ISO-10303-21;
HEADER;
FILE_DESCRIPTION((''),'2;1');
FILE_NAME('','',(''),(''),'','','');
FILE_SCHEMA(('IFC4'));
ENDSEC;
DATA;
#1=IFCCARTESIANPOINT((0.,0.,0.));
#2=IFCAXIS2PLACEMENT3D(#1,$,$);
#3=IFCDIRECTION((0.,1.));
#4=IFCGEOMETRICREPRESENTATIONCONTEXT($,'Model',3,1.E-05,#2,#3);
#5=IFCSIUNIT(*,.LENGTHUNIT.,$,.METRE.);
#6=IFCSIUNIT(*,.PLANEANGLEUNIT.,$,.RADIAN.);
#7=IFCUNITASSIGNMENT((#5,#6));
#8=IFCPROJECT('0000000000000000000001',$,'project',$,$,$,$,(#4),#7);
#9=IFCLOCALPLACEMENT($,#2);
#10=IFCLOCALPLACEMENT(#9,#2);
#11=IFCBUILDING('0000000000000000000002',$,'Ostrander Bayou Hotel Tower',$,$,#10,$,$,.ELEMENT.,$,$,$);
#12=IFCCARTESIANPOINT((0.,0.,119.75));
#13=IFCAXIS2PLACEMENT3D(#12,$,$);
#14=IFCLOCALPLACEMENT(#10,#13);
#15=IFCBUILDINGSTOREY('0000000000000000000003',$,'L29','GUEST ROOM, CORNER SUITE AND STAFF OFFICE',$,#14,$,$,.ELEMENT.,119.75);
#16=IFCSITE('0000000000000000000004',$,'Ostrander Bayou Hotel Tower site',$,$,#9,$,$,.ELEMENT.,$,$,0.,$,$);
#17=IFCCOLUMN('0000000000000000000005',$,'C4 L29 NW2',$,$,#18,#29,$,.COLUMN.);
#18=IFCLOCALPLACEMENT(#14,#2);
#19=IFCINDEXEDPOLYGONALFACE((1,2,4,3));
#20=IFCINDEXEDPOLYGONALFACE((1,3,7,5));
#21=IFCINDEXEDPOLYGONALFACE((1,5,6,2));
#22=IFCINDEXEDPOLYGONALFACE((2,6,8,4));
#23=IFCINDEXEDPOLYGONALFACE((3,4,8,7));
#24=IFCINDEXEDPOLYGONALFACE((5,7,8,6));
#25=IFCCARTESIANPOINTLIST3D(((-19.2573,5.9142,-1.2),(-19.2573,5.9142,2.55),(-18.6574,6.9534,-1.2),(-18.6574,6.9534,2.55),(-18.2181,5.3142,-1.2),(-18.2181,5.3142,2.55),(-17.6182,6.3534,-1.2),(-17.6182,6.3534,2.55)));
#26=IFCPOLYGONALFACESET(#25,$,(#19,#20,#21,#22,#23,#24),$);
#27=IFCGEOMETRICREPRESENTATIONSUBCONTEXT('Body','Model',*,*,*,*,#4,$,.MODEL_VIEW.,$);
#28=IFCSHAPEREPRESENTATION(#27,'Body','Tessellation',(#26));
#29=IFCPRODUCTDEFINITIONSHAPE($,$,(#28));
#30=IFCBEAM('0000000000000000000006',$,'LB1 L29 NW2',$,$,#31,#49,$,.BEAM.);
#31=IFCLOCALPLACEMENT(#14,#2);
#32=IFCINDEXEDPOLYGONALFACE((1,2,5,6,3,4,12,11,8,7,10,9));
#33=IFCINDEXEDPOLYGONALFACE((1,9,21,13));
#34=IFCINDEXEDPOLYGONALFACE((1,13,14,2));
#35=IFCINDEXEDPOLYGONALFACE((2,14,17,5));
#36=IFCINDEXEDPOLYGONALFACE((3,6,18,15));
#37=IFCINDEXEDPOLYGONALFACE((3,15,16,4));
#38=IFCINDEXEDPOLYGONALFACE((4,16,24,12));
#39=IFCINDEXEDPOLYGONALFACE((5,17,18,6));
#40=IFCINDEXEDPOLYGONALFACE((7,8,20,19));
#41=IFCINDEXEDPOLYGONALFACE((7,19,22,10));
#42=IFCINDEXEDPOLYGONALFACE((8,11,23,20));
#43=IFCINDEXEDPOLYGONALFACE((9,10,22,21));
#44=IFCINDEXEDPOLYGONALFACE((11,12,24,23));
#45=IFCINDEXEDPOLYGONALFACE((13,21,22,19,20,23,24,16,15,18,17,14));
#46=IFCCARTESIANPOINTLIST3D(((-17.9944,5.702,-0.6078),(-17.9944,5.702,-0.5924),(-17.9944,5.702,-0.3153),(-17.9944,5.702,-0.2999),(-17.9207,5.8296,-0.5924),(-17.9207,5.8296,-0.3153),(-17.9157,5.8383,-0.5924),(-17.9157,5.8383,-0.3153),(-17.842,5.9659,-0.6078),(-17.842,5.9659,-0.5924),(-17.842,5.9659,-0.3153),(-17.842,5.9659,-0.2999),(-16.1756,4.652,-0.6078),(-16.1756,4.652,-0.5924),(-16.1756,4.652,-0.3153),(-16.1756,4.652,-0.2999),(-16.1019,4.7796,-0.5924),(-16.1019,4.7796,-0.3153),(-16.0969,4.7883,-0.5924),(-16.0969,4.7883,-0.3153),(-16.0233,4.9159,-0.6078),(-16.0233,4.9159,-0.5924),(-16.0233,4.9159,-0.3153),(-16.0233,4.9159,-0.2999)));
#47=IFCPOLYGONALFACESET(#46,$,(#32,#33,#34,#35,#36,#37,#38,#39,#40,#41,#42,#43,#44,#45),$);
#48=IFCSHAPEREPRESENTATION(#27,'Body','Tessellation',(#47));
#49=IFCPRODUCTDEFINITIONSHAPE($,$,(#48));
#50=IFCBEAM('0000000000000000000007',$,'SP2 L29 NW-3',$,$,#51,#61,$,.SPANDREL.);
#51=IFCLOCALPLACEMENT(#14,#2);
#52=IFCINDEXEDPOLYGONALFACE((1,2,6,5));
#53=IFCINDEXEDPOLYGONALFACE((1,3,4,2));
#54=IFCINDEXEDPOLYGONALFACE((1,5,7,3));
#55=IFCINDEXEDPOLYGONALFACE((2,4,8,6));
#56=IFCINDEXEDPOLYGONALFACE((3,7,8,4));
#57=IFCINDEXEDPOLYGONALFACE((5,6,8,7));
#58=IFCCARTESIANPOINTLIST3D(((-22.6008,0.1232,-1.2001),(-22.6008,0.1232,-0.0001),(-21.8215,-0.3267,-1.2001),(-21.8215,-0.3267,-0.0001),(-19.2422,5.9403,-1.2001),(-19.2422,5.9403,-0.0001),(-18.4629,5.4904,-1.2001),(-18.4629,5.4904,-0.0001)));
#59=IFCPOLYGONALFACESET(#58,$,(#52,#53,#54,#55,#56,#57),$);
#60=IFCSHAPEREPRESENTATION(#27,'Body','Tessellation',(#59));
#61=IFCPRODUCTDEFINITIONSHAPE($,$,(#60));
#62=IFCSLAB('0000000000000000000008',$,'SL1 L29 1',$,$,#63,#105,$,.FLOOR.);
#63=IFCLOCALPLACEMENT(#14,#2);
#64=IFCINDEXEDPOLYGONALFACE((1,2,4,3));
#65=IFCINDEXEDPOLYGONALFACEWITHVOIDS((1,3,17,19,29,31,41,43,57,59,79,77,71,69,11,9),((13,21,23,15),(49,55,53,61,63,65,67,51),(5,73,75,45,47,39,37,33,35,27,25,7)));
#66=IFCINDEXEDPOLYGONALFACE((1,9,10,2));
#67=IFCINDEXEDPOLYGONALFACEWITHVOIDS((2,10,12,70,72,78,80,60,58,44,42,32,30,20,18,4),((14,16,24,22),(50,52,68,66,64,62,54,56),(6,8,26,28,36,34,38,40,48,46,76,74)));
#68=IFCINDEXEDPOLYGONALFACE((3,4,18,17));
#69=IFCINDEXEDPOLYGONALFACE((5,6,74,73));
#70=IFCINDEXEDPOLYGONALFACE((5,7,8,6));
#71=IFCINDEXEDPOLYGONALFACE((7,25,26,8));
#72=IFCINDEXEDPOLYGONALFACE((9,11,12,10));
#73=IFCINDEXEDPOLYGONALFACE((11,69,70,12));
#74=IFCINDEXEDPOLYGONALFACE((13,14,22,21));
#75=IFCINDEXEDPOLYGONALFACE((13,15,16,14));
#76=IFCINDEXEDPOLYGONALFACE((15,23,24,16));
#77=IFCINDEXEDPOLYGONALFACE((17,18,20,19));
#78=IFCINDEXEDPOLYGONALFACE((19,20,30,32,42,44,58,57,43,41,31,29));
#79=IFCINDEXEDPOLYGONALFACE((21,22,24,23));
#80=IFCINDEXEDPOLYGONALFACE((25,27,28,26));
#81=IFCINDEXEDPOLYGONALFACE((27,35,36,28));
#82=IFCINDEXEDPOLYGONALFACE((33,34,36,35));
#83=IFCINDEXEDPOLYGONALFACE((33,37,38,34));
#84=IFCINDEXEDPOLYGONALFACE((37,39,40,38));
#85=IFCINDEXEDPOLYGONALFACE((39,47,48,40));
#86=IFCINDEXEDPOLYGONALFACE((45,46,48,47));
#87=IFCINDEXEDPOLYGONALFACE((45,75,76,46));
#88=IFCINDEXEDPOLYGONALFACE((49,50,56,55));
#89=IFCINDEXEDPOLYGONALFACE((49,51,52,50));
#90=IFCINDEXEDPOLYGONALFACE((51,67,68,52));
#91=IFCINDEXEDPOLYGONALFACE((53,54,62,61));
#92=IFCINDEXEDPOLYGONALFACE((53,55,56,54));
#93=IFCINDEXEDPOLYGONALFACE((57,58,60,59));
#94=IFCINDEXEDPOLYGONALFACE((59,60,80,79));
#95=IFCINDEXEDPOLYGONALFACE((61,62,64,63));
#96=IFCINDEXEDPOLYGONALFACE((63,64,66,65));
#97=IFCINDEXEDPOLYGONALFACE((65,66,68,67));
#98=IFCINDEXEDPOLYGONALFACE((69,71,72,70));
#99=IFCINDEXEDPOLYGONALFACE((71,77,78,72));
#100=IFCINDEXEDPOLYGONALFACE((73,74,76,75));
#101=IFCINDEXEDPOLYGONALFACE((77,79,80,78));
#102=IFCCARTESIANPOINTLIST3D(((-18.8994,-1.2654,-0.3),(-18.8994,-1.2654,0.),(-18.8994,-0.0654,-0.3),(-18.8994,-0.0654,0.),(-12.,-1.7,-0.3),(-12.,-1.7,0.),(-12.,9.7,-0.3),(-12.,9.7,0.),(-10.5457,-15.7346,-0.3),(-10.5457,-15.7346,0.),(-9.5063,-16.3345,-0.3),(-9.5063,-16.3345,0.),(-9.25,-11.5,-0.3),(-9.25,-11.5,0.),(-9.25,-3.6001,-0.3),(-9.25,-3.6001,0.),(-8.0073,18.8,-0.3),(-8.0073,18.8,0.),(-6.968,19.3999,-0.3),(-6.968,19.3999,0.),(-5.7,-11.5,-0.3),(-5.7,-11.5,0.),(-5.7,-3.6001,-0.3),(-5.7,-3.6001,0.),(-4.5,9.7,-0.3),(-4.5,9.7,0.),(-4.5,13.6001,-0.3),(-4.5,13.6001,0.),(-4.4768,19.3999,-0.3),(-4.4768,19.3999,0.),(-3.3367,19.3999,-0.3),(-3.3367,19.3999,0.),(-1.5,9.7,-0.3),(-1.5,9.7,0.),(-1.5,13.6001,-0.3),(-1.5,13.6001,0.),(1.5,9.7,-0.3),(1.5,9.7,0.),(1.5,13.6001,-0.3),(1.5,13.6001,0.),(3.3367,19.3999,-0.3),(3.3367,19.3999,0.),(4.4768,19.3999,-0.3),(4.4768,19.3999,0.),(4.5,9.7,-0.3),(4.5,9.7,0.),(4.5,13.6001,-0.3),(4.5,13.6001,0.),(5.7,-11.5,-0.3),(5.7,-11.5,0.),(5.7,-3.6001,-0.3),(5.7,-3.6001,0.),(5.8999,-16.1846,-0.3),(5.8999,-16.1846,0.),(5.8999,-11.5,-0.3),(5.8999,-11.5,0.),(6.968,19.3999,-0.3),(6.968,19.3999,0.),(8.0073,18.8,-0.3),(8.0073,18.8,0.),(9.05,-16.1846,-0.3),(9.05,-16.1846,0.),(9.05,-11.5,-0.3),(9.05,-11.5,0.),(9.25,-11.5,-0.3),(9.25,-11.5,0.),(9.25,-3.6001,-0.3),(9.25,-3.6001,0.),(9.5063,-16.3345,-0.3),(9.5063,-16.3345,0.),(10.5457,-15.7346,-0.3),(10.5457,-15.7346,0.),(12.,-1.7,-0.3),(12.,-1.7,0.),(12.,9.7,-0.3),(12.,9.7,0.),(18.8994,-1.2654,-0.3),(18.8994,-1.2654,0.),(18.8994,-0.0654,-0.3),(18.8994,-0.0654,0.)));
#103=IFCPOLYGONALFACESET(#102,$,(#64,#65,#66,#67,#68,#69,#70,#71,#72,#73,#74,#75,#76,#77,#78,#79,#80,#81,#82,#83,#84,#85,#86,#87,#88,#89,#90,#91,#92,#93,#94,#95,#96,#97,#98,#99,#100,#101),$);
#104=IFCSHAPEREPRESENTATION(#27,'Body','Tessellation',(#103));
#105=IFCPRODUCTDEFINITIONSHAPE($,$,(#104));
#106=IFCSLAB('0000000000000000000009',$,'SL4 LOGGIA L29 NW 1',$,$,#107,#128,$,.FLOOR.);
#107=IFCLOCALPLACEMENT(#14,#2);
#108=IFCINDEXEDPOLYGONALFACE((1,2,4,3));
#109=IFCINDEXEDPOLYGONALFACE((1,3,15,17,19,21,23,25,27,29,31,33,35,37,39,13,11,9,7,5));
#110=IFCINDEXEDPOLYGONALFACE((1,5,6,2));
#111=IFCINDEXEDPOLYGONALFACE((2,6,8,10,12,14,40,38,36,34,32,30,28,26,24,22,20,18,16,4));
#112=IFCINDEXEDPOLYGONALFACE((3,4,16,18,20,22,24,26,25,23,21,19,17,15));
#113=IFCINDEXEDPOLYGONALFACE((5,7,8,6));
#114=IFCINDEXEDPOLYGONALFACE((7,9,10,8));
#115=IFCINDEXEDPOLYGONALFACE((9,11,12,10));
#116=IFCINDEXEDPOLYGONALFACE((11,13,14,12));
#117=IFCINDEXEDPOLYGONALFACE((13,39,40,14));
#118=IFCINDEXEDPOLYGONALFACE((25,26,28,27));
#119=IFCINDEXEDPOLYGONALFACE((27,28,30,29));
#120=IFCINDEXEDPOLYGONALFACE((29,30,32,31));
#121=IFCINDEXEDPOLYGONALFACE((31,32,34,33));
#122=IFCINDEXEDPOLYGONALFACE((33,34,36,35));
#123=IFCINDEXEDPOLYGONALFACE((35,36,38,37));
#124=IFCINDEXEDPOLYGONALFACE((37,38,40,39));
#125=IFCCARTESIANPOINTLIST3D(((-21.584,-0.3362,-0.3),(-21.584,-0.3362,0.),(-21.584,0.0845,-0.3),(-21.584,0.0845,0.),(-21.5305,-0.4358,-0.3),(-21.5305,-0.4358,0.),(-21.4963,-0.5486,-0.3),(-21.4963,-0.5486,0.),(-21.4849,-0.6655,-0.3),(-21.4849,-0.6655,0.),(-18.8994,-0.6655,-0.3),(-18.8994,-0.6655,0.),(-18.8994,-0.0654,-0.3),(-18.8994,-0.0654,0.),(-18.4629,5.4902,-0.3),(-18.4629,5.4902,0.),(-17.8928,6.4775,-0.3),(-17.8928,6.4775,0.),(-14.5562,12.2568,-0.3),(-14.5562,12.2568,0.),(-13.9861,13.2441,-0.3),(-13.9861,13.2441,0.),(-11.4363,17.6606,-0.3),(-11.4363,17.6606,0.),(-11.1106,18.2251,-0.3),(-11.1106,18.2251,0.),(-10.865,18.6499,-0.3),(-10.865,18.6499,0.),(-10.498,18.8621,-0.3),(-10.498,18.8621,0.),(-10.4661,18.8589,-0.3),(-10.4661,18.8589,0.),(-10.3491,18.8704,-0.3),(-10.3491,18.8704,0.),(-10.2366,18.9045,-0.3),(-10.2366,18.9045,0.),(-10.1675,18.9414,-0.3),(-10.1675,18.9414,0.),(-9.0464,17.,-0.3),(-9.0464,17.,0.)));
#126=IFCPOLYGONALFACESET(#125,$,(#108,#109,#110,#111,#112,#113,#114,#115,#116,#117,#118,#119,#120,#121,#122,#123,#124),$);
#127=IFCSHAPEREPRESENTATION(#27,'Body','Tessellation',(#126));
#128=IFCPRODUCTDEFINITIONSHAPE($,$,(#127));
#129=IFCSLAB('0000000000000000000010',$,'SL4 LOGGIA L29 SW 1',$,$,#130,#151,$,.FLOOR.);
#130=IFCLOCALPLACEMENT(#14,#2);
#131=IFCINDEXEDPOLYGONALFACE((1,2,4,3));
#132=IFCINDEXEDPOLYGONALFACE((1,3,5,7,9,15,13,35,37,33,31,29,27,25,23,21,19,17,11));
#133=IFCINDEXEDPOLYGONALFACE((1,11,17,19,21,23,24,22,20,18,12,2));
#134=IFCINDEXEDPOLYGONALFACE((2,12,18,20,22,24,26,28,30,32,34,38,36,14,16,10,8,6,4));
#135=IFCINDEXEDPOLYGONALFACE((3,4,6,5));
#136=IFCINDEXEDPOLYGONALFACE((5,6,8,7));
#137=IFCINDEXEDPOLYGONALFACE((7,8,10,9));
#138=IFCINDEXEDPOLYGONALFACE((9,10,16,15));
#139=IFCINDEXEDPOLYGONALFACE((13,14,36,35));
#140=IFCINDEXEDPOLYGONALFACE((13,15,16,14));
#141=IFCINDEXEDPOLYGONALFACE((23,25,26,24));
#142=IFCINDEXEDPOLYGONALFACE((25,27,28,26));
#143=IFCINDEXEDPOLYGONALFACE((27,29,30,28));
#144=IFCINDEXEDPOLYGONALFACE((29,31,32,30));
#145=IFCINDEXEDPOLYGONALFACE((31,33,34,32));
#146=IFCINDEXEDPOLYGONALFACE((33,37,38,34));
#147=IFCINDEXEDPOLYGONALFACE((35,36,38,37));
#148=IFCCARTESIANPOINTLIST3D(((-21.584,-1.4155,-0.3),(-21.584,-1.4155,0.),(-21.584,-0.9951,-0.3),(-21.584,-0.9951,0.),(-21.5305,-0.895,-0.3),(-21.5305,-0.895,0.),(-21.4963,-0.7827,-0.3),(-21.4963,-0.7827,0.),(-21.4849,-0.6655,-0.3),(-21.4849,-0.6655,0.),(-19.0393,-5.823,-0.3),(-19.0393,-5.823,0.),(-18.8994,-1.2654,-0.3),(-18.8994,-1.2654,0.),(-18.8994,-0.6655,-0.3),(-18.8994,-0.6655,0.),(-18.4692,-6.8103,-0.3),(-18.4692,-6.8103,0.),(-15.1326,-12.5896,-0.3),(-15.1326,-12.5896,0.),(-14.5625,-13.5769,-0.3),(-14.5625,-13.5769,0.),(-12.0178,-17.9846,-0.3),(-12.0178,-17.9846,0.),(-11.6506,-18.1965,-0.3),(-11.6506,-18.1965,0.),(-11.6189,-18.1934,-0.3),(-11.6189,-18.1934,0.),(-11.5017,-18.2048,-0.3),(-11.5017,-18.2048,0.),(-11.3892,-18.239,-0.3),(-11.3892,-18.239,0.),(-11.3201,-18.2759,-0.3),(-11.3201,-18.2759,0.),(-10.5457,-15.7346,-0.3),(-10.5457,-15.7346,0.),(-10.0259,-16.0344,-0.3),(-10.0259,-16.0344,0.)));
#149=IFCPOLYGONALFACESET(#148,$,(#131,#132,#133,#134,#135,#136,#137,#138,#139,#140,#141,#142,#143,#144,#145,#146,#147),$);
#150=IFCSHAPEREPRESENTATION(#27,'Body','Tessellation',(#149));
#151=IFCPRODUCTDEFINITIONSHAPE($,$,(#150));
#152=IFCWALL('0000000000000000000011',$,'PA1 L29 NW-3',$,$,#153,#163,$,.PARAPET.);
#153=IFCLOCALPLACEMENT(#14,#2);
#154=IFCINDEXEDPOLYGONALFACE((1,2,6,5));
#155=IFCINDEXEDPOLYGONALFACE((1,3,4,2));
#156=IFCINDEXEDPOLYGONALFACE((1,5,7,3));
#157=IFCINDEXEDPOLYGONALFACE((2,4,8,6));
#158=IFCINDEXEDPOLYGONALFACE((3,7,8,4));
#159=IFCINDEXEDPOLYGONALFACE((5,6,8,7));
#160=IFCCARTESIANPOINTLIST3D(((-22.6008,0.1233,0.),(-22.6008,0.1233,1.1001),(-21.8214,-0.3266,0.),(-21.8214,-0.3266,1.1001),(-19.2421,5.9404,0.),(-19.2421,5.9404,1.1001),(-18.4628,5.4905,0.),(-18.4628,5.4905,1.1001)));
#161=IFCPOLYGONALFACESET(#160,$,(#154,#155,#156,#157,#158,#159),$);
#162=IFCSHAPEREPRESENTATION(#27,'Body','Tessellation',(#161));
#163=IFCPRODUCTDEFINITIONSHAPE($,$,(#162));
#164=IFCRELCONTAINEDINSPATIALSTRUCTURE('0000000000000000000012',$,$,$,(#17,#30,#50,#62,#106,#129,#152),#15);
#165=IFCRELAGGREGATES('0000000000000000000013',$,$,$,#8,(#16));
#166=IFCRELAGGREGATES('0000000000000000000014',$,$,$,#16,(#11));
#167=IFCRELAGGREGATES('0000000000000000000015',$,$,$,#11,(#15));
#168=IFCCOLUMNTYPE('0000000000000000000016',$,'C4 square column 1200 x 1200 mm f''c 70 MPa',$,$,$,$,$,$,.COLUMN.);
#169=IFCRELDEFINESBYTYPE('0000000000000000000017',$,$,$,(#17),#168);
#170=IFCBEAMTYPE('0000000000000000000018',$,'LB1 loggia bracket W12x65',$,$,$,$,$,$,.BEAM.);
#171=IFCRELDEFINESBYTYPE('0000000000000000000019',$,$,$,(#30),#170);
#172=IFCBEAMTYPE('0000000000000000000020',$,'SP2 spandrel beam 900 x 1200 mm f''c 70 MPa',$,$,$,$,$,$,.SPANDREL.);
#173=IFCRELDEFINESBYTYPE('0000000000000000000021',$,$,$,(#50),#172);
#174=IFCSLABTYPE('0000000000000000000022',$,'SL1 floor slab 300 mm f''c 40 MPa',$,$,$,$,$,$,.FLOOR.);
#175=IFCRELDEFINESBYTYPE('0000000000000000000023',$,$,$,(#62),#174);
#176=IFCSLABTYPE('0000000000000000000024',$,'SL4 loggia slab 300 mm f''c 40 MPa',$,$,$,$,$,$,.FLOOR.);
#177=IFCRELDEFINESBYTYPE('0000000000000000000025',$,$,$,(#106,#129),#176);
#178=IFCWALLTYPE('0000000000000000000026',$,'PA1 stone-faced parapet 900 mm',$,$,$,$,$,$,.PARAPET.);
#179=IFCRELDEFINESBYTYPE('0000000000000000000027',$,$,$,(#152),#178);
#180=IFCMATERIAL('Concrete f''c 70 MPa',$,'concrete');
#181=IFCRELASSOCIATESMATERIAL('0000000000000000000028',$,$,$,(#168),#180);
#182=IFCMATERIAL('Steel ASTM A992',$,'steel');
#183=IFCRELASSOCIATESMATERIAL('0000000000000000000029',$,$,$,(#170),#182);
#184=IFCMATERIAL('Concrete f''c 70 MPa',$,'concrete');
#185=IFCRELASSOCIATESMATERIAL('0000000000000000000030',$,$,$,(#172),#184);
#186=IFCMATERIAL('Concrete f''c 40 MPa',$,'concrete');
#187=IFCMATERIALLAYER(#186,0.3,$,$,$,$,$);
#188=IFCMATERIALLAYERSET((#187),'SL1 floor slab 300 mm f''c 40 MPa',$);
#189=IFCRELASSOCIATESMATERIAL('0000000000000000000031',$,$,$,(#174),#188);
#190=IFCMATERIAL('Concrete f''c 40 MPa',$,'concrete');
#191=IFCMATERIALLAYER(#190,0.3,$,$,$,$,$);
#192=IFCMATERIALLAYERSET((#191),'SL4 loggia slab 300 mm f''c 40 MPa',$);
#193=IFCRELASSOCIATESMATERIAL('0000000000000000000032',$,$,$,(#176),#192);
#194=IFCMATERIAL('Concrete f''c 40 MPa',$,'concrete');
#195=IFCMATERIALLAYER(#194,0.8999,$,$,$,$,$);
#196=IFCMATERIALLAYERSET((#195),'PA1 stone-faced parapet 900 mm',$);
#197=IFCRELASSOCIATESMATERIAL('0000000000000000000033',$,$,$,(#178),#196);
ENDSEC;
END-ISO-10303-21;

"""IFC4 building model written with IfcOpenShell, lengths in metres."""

from ifc_helpers import new_model, si_unit, direction, frame, frame_2d, origin, origin_2d, place, context, subcontext, project, spatial, polyline, rectangle, i_section, outline, extrude, material, layer, layer_set, material_profile, profile_set, type_object, element, save


model = new_model("IFC4")

# Units and contexts
model_context = context("Model", 3, precision=1e-05, world=origin(), true_north=direction((0.0, 1.0)))
body_context = subcontext(model_context, "Body", "Model", "MODEL_VIEW")
ifc_project = project(units=[si_unit("LENGTHUNIT", "METRE"), si_unit("PLANEANGLEUNIT", "RADIAN")], contexts=[model_context])

# Site, building, storey
site_placement = place(None, origin())
site = spatial("IfcSite", under=ifc_project, at=site_placement, Name="Ostrander Bayou Hotel Tower site", CompositionType="ELEMENT", RefElevation=0.0)
building_placement = place(site_placement, origin())
building = spatial("IfcBuilding", under=site, at=building_placement, Name="Ostrander Bayou Hotel Tower", CompositionType="ELEMENT")
storey_placement = place(building_placement, frame((0.0, 0.0, 119.75)))
storey = spatial("IfcBuildingStorey", under=building, at=storey_placement, Name="L29", Description="GUEST ROOM, CORNER SUITE AND STAFF OFFICE", CompositionType="ELEMENT", Elevation=119.75)

# Column
ifc_material_1 = material(Name="Concrete f'c 70 MPa", Category="concrete")
ifc_material_profile_1 = material_profile(ifc_material_1, rectangle(XDim=1.2, YDim=1.2, at=origin_2d()))
ifc_profile_set_1 = profile_set([ifc_material_profile_1], Name="Concrete f'c 70 MPa")
column_type = type_object("IfcColumnType", Name="C4 square column 1200 x 1200 mm f'c 70 MPa", PredefinedType="COLUMN", material=ifc_profile_set_1)
column_placement = place(storey_placement, frame((-18.4377, 6.1338, -1.2), z_axis=(0.0, 0.0, 1.0), x_axis=(0.5, 0.866025, 0.0)))
element("IfcColumn", 1, at=column_placement, inside=storey, type_object=column_type, Name="C4 L29 NW2", PredefinedType="COLUMN", context=body_context, shape_type="SweptSolid", body=[
    extrude(rectangle(XDim=1.2, YDim=1.2, at=origin_2d()), origin(), (0.0, 0.0, 1.0), 3.75),
])

# Beams
ifc_material_2 = material(Name="Steel ASTM A992", Category="steel")
ifc_material_profile_2 = material_profile(ifc_material_2, i_section(OverallWidth=0.3047, OverallDepth=0.3079, WebThickness=0.01, FlangeThickness=0.0154, at=origin_2d()))
ifc_profile_set_2 = profile_set([ifc_material_profile_2], Name="Steel ASTM A992")
beam_type_1 = type_object("IfcBeamType", Name="LB1 loggia bracket W12x65", PredefinedType="BEAM", material=ifc_profile_set_2)
beam_1_placement = place(storey_placement, frame((-17.9182, 5.834, -0.4539), z_axis=(0.866038, -0.499977, 0.0), x_axis=(0.499977, 0.866038, 0.0)))
element("IfcBeam", 2, at=beam_1_placement, inside=storey, type_object=beam_type_1, Name="LB1 L29 NW2", PredefinedType="BEAM", context=body_context, shape_type="SweptSolid", body=[
    extrude(i_section(OverallWidth=0.3047, OverallDepth=0.3079, WebThickness=0.01, FlangeThickness=0.0154, at=origin_2d()), origin(), (0.0, 0.0, 1.0), 2.1001),
])
ifc_material_3 = material(Name="Concrete f'c 70 MPa", Category="concrete")
ifc_material_profile_3 = material_profile(ifc_material_3, rectangle(XDim=0.8999, YDim=1.2, at=origin_2d()))
ifc_profile_set_3 = profile_set([ifc_material_profile_3], Name="Concrete f'c 70 MPa")
beam_type_2 = type_object("IfcBeamType", Name="SP2 spandrel beam 900 x 1200 mm f'c 70 MPa", PredefinedType="SPANDREL", material=ifc_profile_set_3)
beam_2_placement = place(storey_placement, frame((-18.8525, 5.7153, -0.6001), z_axis=(-0.500013, -0.866018, 0.0), x_axis=(0.866018, -0.500013, 0.0)))
element("IfcBeam", 3, at=beam_2_placement, inside=storey, type_object=beam_type_2, Name="SP2 L29 NW-3", PredefinedType="SPANDREL", context=body_context, shape_type="SweptSolid", body=[
    extrude(rectangle(XDim=0.8999, YDim=1.2, at=origin_2d()), origin(), (0.0, 0.0, 1.0), 6.717),
])

# Slabs
ifc_material_4 = material(Name="Concrete f'c 40 MPa", Category="concrete")
ifc_layer_1 = layer(ifc_material_4, 0.3)
ifc_layer_set_1 = layer_set([ifc_layer_1], Name="SL1 floor slab 300 mm f'c 40 MPa")
slab_type_1 = type_object("IfcSlabType", Name="SL1 floor slab 300 mm f'c 40 MPa", PredefinedType="FLOOR", material=ifc_layer_set_1)
slab_1_placement = place(storey_placement, frame((0.0, 0.0, -0.3)))
element("IfcSlab", 4, at=slab_1_placement, inside=storey, type_object=slab_type_1, Name="SL1 L29 1", PredefinedType="FLOOR", context=body_context, shape_type="SweptSolid", body=[
    extrude(outline(polyline([(-3.3367, 19.3999), (3.3367, 19.3999), (4.4768, 19.3999), (6.968, 19.3999), (8.0073, 18.8), (18.8994, -0.0654), (18.8994, -1.2654), (10.5457, -15.7346), (9.5063, -16.3345), (-9.5063, -16.3345), (-10.5457, -15.7346), (-18.8994, -1.2654), (-18.8994, -0.0654), (-8.0073, 18.8), (-6.968, 19.3999), (-4.4768, 19.3999), (-3.3367, 19.3999)]), holes=[polyline([(-12.0, -1.7), (12.0, -1.7), (12.0, 9.7), (4.5, 9.7), (4.5, 13.6001), (1.5, 13.6001), (1.5, 9.7), (-1.5, 9.7), (-1.5, 13.6001), (-4.5, 13.6001), (-4.5, 9.7), (-12.0, 9.7), (-12.0, -1.7)]), polyline([(9.05, -11.5), (9.25, -11.5), (9.25, -3.6001), (5.7, -3.6001), (5.7, -11.5), (5.8999, -11.5), (5.8999, -16.1846), (9.05, -16.1846), (9.05, -11.5)]), polyline([(-5.7, -3.6001), (-9.25, -3.6001), (-9.25, -11.5), (-5.7, -11.5), (-5.7, -3.6001)])]), origin(), (0.0, 0.0, 1.0), 0.3),
])
ifc_material_5 = material(Name="Concrete f'c 40 MPa", Category="concrete")
ifc_layer_2 = layer(ifc_material_5, 0.3)
ifc_layer_set_2 = layer_set([ifc_layer_2], Name="SL4 loggia slab 300 mm f'c 40 MPa")
slab_type_2 = type_object("IfcSlabType", Name="SL4 loggia slab 300 mm f'c 40 MPa", PredefinedType="FLOOR", material=ifc_layer_set_2)
slab_2_placement = place(storey_placement, frame((0.0, 0.0, -0.3)))
element("IfcSlab", 5, at=slab_2_placement, inside=storey, type_object=slab_type_2, Name="SL4 LOGGIA L29 NW 1", PredefinedType="FLOOR", context=body_context, shape_type="SweptSolid", body=[
    extrude(outline(polyline([(-21.4849, -0.6655), (-21.4963, -0.5486), (-21.5305, -0.4358), (-21.584, -0.3362), (-21.584, 0.0845), (-18.4629, 5.4902), (-17.8928, 6.4775), (-14.5562, 12.2568), (-13.9861, 13.2441), (-11.4363, 17.6606), (-11.1106, 18.2251), (-10.865, 18.6499), (-10.498, 18.8621), (-10.4661, 18.8589), (-10.3491, 18.8704), (-10.2366, 18.9045), (-10.1675, 18.9414), (-9.0464, 17.0), (-18.8994, -0.0654), (-18.8994, -0.6655), (-21.4849, -0.6655)])), origin(), (0.0, 0.0, 1.0), 0.3),
])
slab_3_placement = place(storey_placement, frame((0.0, 0.0, -0.3)))
element("IfcSlab", 6, at=slab_3_placement, inside=storey, type_object=slab_type_2, Name="SL4 LOGGIA L29 SW 1", PredefinedType="FLOOR", context=body_context, shape_type="SweptSolid", body=[
    extrude(outline(polyline([(-10.0259, -16.0344), (-11.3201, -18.2759), (-11.3892, -18.239), (-11.5017, -18.2048), (-11.6189, -18.1934), (-11.6506, -18.1965), (-12.0178, -17.9846), (-14.5625, -13.5769), (-15.1326, -12.5896), (-18.4692, -6.8103), (-19.0393, -5.823), (-21.584, -1.4155), (-21.584, -0.9951), (-21.5305, -0.895), (-21.4963, -0.7827), (-21.4849, -0.6655), (-18.8994, -0.6655), (-18.8994, -1.2654), (-10.5457, -15.7346), (-10.0259, -16.0344)])), origin(), (0.0, 0.0, 1.0), 0.3),
])

# Wall
ifc_material_6 = material(Name="Concrete f'c 40 MPa", Category="concrete")
ifc_layer_3 = layer(ifc_material_6, 0.8999)
ifc_layer_set_3 = layer_set([ifc_layer_3], Name="PA1 stone-faced parapet 900 mm")
wall_type_1 = type_object("IfcWallType", Name="PA1 stone-faced parapet 900 mm", PredefinedType="PARAPET", material=ifc_layer_set_3)
wall_1_placement = place(storey_placement, frame((-18.8525, 5.7153, 0.0), z_axis=(0.0, 0.0, 1.0), x_axis=(-0.500013, -0.866018, 0.0)))
element("IfcWall", 7, at=wall_1_placement, inside=storey, type_object=wall_type_1, Name="PA1 L29 NW-3", PredefinedType="PARAPET", context=body_context, shape_type="SweptSolid", body=[
    extrude(rectangle(XDim=6.717, YDim=0.8999, at=frame_2d((3.3584, 0.0))), origin(), (0.0, 0.0, 1.0), 1.1001),
])

save(model, "model.ifc")
